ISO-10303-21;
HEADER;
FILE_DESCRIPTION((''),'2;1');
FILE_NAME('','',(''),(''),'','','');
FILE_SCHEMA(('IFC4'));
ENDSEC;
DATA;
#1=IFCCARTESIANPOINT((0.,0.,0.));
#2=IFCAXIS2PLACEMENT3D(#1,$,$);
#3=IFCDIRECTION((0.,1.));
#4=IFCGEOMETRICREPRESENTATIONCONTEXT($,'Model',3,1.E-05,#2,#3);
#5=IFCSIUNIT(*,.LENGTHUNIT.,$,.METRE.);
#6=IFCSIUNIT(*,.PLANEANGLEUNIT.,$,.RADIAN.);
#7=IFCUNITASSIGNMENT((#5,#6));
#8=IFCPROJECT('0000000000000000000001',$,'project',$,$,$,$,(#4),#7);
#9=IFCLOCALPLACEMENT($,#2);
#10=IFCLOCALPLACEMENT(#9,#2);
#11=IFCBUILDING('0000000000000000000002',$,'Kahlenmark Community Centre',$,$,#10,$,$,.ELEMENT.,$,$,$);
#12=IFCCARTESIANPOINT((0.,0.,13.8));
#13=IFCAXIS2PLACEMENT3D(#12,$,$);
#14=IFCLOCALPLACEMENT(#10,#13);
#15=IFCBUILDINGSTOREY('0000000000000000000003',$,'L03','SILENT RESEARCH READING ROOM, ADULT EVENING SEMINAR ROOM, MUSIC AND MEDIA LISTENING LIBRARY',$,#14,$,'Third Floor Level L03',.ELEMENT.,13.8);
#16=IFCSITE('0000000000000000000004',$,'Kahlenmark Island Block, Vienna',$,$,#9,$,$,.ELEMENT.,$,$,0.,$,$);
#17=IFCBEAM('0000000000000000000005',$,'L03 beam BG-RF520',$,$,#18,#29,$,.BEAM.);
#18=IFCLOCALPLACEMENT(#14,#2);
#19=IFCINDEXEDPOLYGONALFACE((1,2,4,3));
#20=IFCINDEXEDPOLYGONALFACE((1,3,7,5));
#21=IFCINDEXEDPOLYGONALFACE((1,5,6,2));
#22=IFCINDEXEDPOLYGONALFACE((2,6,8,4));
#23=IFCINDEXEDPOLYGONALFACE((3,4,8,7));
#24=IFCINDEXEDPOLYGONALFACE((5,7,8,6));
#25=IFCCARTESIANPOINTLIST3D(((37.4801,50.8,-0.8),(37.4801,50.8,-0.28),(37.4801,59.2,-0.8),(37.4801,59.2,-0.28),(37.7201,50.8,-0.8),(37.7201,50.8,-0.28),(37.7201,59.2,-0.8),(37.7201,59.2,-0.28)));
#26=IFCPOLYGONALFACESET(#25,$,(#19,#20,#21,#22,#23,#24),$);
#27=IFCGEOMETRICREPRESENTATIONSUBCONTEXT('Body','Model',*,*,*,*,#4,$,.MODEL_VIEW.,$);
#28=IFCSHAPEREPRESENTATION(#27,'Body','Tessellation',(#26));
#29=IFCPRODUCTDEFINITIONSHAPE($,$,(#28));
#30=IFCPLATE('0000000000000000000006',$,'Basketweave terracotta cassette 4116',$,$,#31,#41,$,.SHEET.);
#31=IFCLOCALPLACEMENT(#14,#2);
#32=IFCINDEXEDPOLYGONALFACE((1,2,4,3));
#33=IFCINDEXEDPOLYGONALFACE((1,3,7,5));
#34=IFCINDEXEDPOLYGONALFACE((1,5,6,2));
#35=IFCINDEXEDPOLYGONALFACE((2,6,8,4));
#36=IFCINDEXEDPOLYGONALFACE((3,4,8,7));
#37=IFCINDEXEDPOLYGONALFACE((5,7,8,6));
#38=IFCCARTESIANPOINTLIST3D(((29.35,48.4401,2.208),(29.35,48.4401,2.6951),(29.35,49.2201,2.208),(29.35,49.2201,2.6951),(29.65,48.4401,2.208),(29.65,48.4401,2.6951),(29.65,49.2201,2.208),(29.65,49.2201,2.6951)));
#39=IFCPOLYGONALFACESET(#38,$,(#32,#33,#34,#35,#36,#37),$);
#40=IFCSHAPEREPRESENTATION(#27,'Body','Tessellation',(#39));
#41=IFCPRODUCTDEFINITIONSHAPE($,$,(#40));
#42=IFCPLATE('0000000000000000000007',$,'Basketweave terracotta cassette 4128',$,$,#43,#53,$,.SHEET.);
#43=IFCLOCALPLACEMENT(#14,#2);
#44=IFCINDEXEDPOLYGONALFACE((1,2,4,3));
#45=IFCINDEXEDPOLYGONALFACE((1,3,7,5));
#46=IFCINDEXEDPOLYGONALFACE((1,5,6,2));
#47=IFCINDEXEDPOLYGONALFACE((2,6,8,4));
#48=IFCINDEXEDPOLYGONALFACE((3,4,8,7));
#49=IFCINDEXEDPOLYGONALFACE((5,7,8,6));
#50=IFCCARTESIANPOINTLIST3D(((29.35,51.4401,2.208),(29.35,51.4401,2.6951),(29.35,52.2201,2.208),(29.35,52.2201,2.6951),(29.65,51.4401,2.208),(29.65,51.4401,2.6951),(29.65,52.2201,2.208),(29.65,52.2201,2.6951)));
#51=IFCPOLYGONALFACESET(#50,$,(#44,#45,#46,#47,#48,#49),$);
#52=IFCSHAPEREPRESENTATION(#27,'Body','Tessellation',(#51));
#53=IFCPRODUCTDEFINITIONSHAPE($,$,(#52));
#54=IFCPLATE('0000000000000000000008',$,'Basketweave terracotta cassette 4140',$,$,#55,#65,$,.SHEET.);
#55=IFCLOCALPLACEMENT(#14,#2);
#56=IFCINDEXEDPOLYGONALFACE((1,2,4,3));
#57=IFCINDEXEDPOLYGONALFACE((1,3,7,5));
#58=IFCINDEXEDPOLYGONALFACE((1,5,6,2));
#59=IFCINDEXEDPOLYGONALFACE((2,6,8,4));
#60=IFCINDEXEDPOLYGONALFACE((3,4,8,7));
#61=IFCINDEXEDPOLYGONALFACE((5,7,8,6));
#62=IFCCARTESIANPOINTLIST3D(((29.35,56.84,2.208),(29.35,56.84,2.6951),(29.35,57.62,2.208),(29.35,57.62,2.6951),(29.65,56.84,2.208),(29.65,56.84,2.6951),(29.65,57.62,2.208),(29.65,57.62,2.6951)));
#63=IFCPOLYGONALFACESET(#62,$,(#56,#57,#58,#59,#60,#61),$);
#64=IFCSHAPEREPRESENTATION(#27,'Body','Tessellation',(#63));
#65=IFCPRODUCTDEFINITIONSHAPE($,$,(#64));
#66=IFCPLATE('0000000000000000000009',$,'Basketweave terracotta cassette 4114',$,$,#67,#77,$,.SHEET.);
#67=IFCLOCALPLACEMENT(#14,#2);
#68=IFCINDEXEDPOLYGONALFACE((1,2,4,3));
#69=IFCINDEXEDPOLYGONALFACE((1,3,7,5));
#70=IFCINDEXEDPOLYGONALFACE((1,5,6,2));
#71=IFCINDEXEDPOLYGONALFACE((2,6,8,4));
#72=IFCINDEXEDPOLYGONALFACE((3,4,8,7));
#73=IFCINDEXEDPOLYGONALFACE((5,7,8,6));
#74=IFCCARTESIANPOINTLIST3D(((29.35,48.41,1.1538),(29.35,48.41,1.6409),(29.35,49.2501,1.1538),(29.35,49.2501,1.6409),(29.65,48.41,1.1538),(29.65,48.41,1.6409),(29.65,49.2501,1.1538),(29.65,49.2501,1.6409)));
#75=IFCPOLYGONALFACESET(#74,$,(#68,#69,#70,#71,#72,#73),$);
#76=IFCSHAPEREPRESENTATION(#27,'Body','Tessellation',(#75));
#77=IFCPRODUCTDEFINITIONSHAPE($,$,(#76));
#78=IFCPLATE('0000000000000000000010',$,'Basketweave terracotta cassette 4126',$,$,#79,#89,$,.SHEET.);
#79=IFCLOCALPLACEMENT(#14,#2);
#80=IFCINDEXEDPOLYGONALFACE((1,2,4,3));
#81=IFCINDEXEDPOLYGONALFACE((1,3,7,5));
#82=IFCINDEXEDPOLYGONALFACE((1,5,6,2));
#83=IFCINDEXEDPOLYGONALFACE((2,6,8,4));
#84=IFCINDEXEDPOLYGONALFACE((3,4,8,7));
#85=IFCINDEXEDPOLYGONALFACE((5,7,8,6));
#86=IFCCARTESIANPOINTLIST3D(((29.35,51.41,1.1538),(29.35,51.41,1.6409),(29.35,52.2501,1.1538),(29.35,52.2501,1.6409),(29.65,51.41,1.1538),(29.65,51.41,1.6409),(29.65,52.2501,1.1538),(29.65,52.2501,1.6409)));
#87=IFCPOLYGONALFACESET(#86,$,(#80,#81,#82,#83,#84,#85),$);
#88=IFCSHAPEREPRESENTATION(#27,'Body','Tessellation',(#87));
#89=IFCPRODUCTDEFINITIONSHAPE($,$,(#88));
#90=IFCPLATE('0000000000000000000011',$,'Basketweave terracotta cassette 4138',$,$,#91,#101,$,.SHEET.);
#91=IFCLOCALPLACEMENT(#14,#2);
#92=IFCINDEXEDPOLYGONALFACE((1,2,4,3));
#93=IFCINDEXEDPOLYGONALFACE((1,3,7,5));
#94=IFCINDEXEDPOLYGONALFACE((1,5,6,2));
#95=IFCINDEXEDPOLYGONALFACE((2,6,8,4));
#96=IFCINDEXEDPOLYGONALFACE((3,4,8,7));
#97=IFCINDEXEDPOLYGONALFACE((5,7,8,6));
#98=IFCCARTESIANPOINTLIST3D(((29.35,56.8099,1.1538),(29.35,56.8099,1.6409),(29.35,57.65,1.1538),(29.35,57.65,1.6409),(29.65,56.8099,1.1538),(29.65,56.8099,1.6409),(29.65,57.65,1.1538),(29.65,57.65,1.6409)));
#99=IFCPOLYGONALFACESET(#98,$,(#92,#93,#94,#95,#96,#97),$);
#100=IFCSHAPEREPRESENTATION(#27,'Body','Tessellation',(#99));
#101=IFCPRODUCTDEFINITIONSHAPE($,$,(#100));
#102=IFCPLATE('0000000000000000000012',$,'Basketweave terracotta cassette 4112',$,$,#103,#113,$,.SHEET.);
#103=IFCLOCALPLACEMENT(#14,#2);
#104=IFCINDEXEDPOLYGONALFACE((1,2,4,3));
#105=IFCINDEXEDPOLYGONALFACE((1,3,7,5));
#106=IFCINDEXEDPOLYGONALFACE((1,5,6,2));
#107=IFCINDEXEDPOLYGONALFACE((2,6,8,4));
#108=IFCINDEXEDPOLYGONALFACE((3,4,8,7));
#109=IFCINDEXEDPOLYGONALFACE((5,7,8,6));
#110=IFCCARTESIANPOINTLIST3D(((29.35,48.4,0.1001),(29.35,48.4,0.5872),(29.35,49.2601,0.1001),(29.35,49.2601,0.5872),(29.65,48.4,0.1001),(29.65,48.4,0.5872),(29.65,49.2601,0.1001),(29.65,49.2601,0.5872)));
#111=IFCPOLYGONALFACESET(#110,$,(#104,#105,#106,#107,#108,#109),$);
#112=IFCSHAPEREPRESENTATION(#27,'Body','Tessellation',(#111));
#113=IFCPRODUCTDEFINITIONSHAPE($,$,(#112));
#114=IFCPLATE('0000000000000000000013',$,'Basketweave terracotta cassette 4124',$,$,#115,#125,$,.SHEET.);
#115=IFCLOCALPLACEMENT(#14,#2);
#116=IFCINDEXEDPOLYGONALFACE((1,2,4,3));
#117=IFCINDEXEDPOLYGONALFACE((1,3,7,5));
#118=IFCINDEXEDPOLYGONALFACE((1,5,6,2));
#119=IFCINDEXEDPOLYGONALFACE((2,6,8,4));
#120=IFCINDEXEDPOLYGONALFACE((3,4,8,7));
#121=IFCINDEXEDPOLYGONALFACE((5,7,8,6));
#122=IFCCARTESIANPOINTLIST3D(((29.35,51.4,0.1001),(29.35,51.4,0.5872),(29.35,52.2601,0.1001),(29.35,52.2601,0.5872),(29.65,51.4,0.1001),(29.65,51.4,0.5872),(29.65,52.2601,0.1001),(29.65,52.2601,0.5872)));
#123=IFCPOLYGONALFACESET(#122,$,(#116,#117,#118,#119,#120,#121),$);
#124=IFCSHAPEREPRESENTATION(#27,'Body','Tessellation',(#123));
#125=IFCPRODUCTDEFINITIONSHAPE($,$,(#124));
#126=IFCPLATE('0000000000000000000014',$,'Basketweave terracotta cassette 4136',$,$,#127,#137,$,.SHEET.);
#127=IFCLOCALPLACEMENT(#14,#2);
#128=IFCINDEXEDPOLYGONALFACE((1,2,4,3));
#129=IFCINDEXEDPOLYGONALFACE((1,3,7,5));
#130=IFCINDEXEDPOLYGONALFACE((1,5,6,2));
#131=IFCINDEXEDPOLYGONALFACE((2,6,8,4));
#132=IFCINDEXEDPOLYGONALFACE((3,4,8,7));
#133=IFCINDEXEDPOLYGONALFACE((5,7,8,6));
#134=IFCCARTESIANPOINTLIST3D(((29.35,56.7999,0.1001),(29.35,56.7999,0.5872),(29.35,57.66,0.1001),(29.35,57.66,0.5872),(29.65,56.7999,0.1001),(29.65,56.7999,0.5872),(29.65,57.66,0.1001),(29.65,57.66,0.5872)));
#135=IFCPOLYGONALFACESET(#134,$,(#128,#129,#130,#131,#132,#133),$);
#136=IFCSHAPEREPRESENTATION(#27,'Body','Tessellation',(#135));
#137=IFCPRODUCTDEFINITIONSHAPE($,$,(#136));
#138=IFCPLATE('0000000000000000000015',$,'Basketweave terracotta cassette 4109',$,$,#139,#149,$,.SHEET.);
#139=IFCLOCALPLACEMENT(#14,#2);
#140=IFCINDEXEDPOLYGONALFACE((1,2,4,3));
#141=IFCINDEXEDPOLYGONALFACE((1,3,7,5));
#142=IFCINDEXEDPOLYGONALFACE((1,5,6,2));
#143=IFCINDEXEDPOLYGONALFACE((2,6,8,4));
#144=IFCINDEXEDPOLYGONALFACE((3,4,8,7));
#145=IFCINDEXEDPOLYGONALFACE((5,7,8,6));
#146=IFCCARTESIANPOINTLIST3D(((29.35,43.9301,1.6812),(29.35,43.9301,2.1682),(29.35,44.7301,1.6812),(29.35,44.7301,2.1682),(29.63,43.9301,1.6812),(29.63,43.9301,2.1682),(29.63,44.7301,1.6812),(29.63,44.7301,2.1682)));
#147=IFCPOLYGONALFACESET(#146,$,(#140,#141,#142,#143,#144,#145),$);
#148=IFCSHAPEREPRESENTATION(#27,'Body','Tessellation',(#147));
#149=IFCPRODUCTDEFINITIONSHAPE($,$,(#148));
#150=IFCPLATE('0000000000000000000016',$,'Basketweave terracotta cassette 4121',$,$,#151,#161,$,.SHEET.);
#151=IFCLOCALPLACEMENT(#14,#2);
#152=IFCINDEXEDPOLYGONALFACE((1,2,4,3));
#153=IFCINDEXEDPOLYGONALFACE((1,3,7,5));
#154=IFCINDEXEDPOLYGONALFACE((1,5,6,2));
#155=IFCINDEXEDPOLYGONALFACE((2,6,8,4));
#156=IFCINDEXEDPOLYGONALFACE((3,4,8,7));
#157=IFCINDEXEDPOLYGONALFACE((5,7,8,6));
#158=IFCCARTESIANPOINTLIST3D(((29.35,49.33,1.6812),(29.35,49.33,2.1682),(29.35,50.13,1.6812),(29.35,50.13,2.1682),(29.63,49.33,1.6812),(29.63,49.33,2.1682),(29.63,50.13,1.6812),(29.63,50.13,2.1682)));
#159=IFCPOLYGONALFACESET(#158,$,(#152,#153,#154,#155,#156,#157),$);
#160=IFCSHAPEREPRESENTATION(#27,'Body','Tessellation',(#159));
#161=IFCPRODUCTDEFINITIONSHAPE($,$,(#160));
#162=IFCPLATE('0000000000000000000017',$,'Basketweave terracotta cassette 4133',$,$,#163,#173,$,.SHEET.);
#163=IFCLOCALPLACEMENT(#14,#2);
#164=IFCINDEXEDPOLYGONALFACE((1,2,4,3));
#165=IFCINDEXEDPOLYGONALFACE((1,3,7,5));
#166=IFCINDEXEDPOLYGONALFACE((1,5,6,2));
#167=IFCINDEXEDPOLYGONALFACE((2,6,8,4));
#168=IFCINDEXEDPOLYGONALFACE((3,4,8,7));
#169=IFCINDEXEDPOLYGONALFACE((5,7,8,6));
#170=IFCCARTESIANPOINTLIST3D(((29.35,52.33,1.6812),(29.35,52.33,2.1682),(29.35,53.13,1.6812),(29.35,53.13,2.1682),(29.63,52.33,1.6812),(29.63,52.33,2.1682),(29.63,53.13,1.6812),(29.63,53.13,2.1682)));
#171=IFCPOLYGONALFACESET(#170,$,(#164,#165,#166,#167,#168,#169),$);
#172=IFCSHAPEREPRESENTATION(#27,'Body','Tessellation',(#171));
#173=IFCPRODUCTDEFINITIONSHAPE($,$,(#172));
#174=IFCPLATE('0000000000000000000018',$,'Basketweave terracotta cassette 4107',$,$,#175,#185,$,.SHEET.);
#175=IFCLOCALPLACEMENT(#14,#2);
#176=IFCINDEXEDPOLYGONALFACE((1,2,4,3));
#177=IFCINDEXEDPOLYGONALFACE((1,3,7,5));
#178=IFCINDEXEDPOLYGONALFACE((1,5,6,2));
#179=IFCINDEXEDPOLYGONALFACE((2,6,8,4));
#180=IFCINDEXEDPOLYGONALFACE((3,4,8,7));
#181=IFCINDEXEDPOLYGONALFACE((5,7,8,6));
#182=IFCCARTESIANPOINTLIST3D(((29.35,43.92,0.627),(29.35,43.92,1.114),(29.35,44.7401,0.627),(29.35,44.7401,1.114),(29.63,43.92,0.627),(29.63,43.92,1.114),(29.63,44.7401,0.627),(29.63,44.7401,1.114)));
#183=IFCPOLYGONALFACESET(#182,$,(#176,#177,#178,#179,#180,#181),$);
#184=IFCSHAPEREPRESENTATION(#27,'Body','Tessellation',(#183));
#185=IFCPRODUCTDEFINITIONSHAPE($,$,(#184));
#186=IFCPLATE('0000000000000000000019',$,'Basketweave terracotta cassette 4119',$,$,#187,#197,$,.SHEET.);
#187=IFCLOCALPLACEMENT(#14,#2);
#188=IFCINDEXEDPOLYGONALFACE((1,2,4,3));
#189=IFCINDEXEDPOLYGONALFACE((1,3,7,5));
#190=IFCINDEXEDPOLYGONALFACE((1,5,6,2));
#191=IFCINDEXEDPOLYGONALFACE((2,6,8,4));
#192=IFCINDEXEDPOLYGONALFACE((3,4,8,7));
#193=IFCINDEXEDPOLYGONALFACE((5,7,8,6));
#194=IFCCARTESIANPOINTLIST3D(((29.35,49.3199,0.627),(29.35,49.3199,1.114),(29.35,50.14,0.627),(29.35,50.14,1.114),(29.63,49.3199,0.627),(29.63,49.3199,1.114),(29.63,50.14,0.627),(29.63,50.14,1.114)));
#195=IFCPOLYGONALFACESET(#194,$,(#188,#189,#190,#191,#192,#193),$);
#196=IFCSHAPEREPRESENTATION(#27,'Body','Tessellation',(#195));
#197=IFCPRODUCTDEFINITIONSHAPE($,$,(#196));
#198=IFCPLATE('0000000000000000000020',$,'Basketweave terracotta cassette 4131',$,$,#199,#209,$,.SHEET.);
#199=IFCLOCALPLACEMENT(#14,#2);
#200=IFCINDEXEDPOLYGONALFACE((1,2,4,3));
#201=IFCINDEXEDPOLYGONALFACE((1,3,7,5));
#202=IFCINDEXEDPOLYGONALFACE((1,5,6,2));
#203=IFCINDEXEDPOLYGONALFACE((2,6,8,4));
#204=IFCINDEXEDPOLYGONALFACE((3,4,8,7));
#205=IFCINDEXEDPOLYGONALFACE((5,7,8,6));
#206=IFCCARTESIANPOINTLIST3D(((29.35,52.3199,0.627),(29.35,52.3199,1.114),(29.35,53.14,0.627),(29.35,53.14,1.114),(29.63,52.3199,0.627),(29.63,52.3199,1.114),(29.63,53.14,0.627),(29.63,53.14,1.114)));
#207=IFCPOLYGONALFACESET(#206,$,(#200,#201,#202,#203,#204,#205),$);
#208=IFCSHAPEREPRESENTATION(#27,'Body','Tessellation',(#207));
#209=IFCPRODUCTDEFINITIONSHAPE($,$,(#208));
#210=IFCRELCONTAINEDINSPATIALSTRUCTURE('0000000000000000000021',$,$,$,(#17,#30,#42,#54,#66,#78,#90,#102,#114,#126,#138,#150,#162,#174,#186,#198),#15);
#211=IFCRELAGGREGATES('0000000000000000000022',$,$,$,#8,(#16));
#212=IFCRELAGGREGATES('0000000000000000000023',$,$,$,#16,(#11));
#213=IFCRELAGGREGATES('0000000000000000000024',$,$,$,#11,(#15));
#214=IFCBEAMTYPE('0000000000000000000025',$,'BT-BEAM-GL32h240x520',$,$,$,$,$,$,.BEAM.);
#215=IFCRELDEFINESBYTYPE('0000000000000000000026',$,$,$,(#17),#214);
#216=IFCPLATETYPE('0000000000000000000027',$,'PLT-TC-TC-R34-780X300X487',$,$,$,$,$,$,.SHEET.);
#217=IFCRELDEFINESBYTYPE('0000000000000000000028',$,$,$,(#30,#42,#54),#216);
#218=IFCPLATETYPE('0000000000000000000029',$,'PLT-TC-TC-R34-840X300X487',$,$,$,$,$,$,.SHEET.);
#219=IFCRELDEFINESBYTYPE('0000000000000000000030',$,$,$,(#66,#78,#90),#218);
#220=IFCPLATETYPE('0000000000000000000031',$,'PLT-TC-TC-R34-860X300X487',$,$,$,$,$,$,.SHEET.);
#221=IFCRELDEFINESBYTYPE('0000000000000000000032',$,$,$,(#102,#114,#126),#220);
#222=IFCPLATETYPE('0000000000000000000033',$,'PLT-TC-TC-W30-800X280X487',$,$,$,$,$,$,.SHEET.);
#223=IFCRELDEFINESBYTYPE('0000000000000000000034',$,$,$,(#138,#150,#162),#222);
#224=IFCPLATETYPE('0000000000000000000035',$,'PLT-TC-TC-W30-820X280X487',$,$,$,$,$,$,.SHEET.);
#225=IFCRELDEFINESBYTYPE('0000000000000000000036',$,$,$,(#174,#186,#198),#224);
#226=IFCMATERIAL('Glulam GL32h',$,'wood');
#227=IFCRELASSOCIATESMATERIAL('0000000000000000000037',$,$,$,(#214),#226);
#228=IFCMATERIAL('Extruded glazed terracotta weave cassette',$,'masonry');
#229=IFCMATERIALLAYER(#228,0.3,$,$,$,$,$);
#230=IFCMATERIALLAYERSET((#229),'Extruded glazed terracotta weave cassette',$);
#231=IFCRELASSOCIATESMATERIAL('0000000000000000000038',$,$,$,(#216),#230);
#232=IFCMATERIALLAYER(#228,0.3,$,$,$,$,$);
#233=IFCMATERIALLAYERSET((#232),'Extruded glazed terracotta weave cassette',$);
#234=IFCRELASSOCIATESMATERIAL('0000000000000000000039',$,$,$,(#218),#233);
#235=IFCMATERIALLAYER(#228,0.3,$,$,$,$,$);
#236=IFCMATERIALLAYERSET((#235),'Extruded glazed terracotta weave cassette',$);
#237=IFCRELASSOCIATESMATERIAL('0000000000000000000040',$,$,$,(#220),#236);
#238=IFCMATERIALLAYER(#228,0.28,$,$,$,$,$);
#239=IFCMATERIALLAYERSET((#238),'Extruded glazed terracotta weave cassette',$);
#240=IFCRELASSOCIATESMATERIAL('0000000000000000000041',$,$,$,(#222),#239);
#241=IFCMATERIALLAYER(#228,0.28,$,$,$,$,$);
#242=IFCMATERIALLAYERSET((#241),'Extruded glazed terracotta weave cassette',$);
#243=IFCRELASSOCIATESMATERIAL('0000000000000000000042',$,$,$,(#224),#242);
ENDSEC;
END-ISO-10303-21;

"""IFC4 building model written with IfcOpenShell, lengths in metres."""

from ifc_helpers import new_model, si_unit, direction, frame, origin, origin_2d, place, context, subcontext, project, spatial, rectangle, extrude, material, layer, layer_set, material_profile, profile_set, type_object, element, save


model = new_model("IFC4")

# Units and contexts
model_context = context("Model", 3, precision=1e-05, world=origin(), true_north=direction((0.0, 1.0)))
body_context = subcontext(model_context, "Body", "Model", "MODEL_VIEW")
ifc_project = project(units=[si_unit("LENGTHUNIT", "METRE"), si_unit("PLANEANGLEUNIT", "RADIAN")], contexts=[model_context])

# Site, building, storey
site_placement = place(None, origin())
site = spatial("IfcSite", under=ifc_project, at=site_placement, Name="Kahlenmark Island Block, Vienna", CompositionType="ELEMENT", RefElevation=0.0)
building_placement = place(site_placement, origin())
building = spatial("IfcBuilding", under=site, at=building_placement, Name="Kahlenmark Community Centre", CompositionType="ELEMENT")
storey_placement = place(building_placement, frame((0.0, 0.0, 13.8)))
storey = spatial("IfcBuildingStorey", under=building, at=storey_placement, Name="L03", Description="SILENT RESEARCH READING ROOM, ADULT EVENING SEMINAR ROOM, MUSIC AND MEDIA LISTENING LIBRARY", LongName="Third Floor Level L03", CompositionType="ELEMENT", Elevation=13.8)

# Beam
ifc_material_1 = material(Name="Glulam GL32h", Category="wood")
ifc_material_profile = material_profile(ifc_material_1, rectangle(XDim=0.24, YDim=0.52, at=origin_2d()), Name="GL32h 240x520")
ifc_profile_set = profile_set([ifc_material_profile], Name="Glulam GL32h")
beam_type = type_object("IfcBeamType", Name="BT-BEAM-GL32h240x520", PredefinedType="BEAM", material=ifc_profile_set)
beam_placement = place(storey_placement, frame((37.6001, 50.8, -0.54), z_axis=(0.0, 1.0, 0.0), x_axis=(-1.0, 0.0, 0.0)))
element("IfcBeam", 1, at=beam_placement, inside=storey, type_object=beam_type, Name="L03 beam BG-RF520", PredefinedType="BEAM", context=body_context, shape_type="SweptSolid", body=[
    extrude(rectangle(XDim=0.24, YDim=0.52, at=origin_2d()), origin(), (0.0, 0.0, 1.0), 8.3999),
])

# Plates
ifc_material_2 = material(Name="Extruded glazed terracotta weave cassette", Category="masonry")
ifc_layer_1 = layer(ifc_material_2, 0.3)
ifc_layer_set_1 = layer_set([ifc_layer_1], Name="Extruded glazed terracotta weave cassette")
plate_type_1 = type_object("IfcPlateType", Name="PLT-TC-TC-R34-780X300X487", PredefinedType="SHEET", material=ifc_layer_set_1)
for number, where, z_axis, x_axis, name in (
    (2, (29.5, 48.8301, 2.208), (0.0, 0.0, 1.0), (0.0, 1.0, 0.0), "Basketweave terracotta cassette 4116"),
    (3, (29.5, 51.8301, 2.208), (0.0, 0.0, 1.0), (0.0, 1.0, 0.0), "Basketweave terracotta cassette 4128"),
    (4, (29.5, 57.23, 2.208), (0.0, 0.0, 1.0), (0.0, 1.0, 0.0), "Basketweave terracotta cassette 4140"),
):
    element("IfcPlate", number, at=place(storey_placement, frame(where, z_axis=z_axis, x_axis=x_axis)), inside=storey, type_object=plate_type_1, Name=name, PredefinedType="SHEET", context=body_context, shape_type="SweptSolid", body=[
        extrude(rectangle(XDim=0.78, YDim=0.3, at=origin_2d()), origin(), (0.0, 0.0, 1.0), 0.4871),
    ])
ifc_layer_2 = layer(ifc_material_2, 0.3)
ifc_layer_set_2 = layer_set([ifc_layer_2], Name="Extruded glazed terracotta weave cassette")
plate_type_2 = type_object("IfcPlateType", Name="PLT-TC-TC-R34-840X300X487", PredefinedType="SHEET", material=ifc_layer_set_2)
for number, where, z_axis, x_axis, name in (
    (5, (29.5, 48.8301, 1.1538), (0.0, 0.0, 1.0), (0.0, 1.0, 0.0), "Basketweave terracotta cassette 4114"),
    (6, (29.5, 51.8301, 1.1538), (0.0, 0.0, 1.0), (0.0, 1.0, 0.0), "Basketweave terracotta cassette 4126"),
    (7, (29.5, 57.23, 1.1538), (0.0, 0.0, 1.0), (0.0, 1.0, 0.0), "Basketweave terracotta cassette 4138"),
):
    element("IfcPlate", number, at=place(storey_placement, frame(where, z_axis=z_axis, x_axis=x_axis)), inside=storey, type_object=plate_type_2, Name=name, PredefinedType="SHEET", context=body_context, shape_type="SweptSolid", body=[
        extrude(rectangle(XDim=0.8401, YDim=0.3, at=origin_2d()), origin(), (0.0, 0.0, 1.0), 0.4871),
    ])
ifc_layer_3 = layer(ifc_material_2, 0.3)
ifc_layer_set_3 = layer_set([ifc_layer_3], Name="Extruded glazed terracotta weave cassette")
plate_type_3 = type_object("IfcPlateType", Name="PLT-TC-TC-R34-860X300X487", PredefinedType="SHEET", material=ifc_layer_set_3)
for number, where, z_axis, x_axis, name in (
    (8, (29.5, 48.8301, 0.1001), (0.0, 0.0, 1.0), (0.0, 1.0, 0.0), "Basketweave terracotta cassette 4112"),
    (9, (29.5, 51.8301, 0.1001), (0.0, 0.0, 1.0), (0.0, 1.0, 0.0), "Basketweave terracotta cassette 4124"),
    (10, (29.5, 57.23, 0.1001), (0.0, 0.0, 1.0), (0.0, 1.0, 0.0), "Basketweave terracotta cassette 4136"),
):
    element("IfcPlate", number, at=place(storey_placement, frame(where, z_axis=z_axis, x_axis=x_axis)), inside=storey, type_object=plate_type_3, Name=name, PredefinedType="SHEET", context=body_context, shape_type="SweptSolid", body=[
        extrude(rectangle(XDim=0.8601, YDim=0.3, at=origin_2d()), origin(), (0.0, 0.0, 1.0), 0.4871),
    ])
ifc_layer_4 = layer(ifc_material_2, 0.28)
ifc_layer_set_4 = layer_set([ifc_layer_4], Name="Extruded glazed terracotta weave cassette")
plate_type_4 = type_object("IfcPlateType", Name="PLT-TC-TC-W30-800X280X487", PredefinedType="SHEET", material=ifc_layer_set_4)
for number, where, z_axis, x_axis, name in (
    (11, (29.49, 44.3301, 1.6812), (0.0, 0.0, 1.0), (0.0, 1.0, 0.0), "Basketweave terracotta cassette 4109"),
    (12, (29.49, 49.73, 1.6812), (0.0, 0.0, 1.0), (0.0, 1.0, 0.0), "Basketweave terracotta cassette 4121"),
    (13, (29.49, 52.73, 1.6812), (0.0, 0.0, 1.0), (0.0, 1.0, 0.0), "Basketweave terracotta cassette 4133"),
):
    element("IfcPlate", number, at=place(storey_placement, frame(where, z_axis=z_axis, x_axis=x_axis)), inside=storey, type_object=plate_type_4, Name=name, PredefinedType="SHEET", context=body_context, shape_type="SweptSolid", body=[
        extrude(rectangle(XDim=0.8, YDim=0.28, at=origin_2d()), origin(), (0.0, 0.0, 1.0), 0.4871),
    ])
ifc_layer_5 = layer(ifc_material_2, 0.28)
ifc_layer_set_5 = layer_set([ifc_layer_5], Name="Extruded glazed terracotta weave cassette")
plate_type_5 = type_object("IfcPlateType", Name="PLT-TC-TC-W30-820X280X487", PredefinedType="SHEET", material=ifc_layer_set_5)
for number, where, z_axis, x_axis, name in (
    (14, (29.49, 44.3301, 0.627), (0.0, 0.0, 1.0), (0.0, 1.0, 0.0), "Basketweave terracotta cassette 4107"),
    (15, (29.49, 49.73, 0.627), (0.0, 0.0, 1.0), (0.0, 1.0, 0.0), "Basketweave terracotta cassette 4119"),
    (16, (29.49, 52.73, 0.627), (0.0, 0.0, 1.0), (0.0, 1.0, 0.0), "Basketweave terracotta cassette 4131"),
):
    element("IfcPlate", number, at=place(storey_placement, frame(where, z_axis=z_axis, x_axis=x_axis)), inside=storey, type_object=plate_type_5, Name=name, PredefinedType="SHEET", context=body_context, shape_type="SweptSolid", body=[
        extrude(rectangle(XDim=0.8201, YDim=0.28, at=origin_2d()), origin(), (0.0, 0.0, 1.0), 0.4871),
    ])

save(model, "model.ifc")
